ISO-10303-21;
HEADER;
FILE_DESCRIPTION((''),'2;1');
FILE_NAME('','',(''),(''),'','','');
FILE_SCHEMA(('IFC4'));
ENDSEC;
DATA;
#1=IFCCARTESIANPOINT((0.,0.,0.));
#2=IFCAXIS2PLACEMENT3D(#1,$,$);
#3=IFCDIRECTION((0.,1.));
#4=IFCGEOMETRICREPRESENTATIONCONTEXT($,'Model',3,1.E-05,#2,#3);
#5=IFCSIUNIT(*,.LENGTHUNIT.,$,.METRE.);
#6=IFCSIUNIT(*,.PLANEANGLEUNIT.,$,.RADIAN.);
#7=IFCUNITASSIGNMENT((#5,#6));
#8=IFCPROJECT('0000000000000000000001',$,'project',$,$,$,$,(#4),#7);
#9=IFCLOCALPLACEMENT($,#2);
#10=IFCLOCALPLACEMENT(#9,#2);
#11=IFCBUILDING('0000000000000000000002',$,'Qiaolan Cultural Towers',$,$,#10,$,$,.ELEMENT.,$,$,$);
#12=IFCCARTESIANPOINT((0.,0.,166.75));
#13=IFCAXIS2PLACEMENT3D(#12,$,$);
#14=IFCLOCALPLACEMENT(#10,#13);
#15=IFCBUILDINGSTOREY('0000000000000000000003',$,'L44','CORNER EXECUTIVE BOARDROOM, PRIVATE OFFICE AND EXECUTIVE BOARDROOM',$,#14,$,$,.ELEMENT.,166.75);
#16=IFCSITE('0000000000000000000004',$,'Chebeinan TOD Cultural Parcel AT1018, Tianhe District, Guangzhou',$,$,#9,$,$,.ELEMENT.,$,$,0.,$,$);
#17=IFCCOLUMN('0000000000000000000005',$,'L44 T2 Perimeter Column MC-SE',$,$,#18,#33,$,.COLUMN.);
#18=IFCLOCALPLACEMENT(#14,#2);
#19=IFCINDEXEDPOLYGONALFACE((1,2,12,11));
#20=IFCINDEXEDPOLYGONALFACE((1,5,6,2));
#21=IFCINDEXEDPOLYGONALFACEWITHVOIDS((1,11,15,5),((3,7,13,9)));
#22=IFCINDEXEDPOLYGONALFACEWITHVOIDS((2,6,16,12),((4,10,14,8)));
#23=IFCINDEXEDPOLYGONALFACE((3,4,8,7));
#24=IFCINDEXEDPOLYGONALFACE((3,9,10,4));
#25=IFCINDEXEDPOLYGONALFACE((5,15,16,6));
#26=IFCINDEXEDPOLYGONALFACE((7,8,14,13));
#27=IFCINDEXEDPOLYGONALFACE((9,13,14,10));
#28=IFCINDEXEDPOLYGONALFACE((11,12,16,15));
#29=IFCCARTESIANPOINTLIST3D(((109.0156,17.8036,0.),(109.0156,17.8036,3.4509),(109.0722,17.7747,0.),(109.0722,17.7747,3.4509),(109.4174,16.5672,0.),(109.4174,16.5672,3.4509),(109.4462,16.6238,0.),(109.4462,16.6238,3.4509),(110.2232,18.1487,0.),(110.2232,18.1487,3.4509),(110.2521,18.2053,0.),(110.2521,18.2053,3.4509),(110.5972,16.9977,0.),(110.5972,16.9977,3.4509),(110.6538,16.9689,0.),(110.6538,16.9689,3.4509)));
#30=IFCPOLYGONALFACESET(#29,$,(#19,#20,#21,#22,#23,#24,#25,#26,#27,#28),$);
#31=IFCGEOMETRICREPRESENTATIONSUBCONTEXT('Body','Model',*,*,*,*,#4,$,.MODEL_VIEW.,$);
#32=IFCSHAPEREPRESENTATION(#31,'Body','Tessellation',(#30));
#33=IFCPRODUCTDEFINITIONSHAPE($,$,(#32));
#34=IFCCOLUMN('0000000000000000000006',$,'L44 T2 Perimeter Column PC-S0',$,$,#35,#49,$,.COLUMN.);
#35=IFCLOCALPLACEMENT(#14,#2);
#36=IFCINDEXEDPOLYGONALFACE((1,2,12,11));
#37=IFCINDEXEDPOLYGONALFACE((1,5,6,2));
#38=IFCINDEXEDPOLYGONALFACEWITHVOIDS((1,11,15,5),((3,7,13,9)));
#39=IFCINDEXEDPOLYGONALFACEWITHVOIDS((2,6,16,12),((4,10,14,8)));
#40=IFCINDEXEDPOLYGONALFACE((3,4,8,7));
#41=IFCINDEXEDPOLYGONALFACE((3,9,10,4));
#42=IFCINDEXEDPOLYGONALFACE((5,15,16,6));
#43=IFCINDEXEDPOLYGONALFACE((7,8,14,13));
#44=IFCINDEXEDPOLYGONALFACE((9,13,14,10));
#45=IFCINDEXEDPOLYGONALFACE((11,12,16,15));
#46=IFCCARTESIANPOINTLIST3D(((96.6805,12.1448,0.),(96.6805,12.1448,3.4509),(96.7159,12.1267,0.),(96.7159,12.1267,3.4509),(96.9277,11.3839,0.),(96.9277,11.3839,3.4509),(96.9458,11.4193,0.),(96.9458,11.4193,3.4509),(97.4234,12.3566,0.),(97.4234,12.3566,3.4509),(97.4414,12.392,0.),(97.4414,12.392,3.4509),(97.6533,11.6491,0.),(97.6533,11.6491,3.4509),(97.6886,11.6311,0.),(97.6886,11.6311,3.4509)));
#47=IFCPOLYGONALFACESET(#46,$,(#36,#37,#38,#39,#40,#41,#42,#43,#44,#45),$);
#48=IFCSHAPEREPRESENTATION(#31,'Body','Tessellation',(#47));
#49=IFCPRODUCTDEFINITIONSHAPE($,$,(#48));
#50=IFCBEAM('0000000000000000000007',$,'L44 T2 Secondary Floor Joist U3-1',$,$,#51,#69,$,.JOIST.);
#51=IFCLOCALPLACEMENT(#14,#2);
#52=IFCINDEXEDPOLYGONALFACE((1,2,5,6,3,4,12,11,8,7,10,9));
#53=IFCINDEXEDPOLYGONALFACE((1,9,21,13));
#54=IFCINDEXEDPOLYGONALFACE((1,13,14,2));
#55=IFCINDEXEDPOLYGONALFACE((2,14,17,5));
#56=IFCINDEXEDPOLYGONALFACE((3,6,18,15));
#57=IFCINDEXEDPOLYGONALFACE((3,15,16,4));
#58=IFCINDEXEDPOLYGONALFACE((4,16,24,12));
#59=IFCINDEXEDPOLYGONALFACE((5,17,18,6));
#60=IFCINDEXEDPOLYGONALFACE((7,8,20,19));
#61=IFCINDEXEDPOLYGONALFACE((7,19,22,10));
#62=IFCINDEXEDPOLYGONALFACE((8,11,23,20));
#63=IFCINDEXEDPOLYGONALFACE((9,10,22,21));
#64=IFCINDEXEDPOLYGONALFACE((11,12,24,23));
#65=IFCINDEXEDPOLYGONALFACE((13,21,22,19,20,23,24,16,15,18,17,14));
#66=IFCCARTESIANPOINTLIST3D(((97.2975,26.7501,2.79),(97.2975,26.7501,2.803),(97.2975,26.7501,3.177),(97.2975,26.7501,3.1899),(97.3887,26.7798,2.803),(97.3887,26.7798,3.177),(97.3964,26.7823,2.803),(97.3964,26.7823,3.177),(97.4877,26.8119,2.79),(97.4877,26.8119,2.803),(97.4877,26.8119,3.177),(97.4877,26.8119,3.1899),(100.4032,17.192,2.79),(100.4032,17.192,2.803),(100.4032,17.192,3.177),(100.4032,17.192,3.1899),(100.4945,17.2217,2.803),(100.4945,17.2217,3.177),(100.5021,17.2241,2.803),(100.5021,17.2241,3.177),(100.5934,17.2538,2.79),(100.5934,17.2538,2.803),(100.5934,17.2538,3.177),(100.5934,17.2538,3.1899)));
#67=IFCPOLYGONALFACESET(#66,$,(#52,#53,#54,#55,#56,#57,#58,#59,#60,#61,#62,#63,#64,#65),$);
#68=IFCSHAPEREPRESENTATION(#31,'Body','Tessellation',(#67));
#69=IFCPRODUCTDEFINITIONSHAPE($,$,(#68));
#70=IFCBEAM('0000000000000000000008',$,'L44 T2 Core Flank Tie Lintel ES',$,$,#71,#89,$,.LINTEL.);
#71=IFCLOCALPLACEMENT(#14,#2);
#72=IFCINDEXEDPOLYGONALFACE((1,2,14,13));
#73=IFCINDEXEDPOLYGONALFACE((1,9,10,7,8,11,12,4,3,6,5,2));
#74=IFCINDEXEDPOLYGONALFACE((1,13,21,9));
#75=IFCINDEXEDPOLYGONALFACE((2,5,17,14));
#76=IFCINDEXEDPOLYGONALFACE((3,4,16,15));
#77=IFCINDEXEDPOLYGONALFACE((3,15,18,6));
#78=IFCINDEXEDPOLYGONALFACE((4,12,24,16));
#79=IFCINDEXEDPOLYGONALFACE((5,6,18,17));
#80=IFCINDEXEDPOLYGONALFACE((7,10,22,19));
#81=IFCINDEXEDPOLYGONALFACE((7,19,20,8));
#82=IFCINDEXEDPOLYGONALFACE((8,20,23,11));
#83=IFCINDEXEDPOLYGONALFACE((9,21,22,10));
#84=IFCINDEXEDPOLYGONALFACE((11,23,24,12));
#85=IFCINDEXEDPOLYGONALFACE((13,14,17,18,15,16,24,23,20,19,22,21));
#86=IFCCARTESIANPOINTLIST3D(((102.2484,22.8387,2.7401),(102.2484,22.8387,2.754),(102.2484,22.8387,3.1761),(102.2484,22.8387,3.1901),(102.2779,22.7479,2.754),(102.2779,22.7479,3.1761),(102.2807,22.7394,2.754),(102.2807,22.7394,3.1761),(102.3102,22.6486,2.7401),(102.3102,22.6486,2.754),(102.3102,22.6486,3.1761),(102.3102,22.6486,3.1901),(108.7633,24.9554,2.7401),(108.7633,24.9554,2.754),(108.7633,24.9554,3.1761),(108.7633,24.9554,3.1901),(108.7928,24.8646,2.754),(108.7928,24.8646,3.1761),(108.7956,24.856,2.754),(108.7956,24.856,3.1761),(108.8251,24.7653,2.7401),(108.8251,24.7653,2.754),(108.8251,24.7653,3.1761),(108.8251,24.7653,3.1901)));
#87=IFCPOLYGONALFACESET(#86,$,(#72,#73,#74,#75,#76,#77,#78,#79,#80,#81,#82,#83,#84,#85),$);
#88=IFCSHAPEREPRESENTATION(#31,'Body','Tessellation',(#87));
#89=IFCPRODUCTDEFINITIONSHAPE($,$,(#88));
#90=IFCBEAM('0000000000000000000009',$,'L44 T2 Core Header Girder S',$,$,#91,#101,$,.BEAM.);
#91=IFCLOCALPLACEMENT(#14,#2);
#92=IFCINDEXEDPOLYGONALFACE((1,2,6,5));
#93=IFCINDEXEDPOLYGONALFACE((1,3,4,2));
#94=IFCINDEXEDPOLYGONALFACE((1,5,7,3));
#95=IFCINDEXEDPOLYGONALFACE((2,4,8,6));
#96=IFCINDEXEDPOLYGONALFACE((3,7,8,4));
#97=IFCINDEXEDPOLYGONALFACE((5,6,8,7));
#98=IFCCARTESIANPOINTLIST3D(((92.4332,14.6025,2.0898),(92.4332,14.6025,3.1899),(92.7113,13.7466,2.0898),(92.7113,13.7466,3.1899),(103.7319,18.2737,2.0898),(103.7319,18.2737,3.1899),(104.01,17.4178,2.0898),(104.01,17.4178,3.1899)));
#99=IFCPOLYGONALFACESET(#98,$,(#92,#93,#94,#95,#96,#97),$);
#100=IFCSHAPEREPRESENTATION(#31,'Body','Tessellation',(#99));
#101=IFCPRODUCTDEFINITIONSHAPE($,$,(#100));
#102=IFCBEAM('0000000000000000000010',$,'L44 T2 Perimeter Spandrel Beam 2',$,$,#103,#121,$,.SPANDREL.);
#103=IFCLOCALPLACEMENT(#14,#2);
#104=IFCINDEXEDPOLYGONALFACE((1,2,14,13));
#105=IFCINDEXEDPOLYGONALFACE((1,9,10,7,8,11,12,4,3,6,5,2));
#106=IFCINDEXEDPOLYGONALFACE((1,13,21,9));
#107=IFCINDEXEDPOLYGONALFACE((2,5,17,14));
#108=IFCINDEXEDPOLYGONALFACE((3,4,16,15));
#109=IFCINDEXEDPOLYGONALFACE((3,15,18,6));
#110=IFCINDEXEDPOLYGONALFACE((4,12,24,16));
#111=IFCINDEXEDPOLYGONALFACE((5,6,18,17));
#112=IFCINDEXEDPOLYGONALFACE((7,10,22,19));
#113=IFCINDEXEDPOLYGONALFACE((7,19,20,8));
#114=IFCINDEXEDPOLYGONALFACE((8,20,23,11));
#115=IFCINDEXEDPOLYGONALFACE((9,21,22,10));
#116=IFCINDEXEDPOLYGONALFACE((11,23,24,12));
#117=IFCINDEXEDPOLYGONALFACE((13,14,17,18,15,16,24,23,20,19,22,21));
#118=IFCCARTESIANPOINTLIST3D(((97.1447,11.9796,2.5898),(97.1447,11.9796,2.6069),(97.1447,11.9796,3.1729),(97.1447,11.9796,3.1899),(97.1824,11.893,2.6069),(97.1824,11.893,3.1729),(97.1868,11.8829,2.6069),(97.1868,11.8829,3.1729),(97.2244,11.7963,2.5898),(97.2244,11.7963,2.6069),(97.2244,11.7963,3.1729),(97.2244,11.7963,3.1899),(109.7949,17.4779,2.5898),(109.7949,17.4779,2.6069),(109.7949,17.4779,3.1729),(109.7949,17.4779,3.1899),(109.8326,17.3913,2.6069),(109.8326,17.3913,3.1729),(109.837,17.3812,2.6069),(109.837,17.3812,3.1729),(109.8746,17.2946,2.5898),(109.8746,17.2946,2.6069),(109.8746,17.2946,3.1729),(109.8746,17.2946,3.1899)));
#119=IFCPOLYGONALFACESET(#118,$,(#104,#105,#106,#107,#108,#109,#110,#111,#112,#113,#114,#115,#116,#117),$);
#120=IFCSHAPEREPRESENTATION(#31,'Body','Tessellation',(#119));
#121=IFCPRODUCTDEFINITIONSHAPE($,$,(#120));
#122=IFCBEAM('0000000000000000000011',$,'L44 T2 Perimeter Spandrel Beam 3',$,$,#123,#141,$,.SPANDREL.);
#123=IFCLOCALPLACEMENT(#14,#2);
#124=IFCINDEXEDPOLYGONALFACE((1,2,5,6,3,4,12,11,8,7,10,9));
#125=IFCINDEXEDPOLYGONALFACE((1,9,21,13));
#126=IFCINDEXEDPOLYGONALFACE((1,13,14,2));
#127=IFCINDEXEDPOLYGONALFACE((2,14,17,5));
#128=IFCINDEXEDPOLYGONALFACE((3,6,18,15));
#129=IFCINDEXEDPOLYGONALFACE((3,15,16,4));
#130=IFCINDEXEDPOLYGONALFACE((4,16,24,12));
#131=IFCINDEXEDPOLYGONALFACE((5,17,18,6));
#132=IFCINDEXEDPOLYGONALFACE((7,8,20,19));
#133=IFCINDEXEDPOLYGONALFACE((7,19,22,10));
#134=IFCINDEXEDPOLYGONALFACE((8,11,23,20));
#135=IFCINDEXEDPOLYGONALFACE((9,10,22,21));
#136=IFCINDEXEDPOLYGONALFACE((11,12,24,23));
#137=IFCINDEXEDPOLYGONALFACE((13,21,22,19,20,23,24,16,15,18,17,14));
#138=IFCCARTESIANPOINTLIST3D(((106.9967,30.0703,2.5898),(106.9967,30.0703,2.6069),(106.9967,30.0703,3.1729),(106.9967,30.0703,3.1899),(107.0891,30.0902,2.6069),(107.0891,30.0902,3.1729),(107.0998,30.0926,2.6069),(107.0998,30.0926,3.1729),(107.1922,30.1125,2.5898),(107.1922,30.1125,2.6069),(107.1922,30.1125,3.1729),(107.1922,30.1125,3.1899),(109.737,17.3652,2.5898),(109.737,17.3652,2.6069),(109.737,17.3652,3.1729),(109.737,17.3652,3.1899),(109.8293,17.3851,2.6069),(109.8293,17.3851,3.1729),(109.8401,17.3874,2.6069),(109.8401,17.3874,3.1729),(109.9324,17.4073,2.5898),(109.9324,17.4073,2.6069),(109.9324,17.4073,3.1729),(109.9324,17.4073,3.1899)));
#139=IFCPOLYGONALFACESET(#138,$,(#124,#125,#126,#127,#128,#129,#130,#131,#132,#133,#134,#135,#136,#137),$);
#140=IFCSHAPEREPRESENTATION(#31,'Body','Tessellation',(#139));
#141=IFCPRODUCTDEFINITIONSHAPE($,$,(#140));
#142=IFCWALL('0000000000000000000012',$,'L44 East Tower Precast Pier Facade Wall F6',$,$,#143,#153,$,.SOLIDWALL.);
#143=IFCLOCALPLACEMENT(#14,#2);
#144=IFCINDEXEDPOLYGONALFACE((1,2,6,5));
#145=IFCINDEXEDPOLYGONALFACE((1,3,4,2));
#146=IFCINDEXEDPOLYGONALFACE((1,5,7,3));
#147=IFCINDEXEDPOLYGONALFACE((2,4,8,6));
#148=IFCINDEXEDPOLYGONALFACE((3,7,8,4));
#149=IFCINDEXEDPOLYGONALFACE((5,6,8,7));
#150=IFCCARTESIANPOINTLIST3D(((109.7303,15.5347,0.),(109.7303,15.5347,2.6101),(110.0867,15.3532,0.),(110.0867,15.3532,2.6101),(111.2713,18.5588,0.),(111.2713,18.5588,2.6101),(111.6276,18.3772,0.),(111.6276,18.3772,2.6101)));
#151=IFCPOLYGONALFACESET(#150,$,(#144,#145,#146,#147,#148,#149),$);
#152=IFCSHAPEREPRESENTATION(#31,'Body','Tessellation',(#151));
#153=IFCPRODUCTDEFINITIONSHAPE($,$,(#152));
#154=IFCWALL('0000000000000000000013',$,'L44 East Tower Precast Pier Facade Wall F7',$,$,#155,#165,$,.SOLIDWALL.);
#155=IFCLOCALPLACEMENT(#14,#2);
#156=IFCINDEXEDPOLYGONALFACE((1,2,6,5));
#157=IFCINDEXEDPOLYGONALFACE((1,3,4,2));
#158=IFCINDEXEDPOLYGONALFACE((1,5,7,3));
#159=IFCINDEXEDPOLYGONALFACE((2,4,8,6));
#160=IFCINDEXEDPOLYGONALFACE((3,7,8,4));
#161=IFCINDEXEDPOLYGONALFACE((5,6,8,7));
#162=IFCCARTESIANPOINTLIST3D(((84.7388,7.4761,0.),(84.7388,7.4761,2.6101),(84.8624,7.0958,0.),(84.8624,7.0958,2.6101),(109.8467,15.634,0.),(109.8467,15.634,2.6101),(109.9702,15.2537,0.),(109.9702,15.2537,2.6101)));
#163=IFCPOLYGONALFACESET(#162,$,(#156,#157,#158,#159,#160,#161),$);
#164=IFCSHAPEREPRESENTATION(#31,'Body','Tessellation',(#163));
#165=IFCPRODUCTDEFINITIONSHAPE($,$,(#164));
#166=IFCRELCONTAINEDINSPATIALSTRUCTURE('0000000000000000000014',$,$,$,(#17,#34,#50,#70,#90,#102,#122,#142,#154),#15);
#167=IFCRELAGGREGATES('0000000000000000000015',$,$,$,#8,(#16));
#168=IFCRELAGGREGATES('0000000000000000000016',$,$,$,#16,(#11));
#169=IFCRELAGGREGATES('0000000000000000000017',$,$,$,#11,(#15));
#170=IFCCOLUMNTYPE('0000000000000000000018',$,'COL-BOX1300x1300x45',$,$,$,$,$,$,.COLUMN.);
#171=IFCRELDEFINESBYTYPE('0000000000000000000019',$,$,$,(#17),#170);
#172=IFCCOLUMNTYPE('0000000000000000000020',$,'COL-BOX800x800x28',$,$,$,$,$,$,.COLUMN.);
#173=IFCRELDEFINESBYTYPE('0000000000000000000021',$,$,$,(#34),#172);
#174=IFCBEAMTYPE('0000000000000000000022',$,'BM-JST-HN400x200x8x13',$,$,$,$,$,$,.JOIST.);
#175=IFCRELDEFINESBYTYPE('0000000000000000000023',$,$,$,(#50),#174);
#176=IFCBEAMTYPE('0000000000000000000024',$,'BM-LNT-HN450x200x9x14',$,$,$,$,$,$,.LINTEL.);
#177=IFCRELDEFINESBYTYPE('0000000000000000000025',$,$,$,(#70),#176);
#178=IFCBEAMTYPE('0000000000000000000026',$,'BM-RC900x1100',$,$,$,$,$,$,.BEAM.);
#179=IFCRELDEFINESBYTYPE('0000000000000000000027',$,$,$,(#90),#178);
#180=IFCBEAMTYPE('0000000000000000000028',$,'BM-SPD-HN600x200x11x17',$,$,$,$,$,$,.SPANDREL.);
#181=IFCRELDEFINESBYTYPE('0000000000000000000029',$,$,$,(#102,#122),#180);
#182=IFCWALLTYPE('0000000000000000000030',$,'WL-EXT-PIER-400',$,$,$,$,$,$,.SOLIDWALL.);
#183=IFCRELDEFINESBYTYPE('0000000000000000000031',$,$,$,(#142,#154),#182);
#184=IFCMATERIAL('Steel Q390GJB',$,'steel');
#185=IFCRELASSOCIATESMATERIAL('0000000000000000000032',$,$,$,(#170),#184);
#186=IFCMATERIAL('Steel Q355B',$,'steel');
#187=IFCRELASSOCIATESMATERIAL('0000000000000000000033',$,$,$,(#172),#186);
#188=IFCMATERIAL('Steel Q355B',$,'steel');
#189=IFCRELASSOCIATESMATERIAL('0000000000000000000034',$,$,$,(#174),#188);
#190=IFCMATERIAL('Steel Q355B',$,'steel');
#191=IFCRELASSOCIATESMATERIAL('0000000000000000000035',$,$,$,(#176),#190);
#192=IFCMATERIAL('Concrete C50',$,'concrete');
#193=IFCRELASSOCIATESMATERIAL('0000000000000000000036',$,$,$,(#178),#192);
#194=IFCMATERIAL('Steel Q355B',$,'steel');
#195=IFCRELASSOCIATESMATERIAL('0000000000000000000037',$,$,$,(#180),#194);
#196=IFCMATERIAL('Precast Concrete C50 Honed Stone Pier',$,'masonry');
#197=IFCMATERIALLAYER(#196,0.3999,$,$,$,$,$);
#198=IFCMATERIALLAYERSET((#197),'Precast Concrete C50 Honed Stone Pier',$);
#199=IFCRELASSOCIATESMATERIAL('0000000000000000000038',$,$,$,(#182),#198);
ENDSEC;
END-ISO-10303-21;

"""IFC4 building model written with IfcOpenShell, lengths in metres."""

from ifc_helpers import new_model, si_unit, direction, frame, frame_2d, origin, origin_2d, place, context, subcontext, project, spatial, rectangle, hollow_rectangle, i_section, extrude, material, layer, layer_set, material_profile, profile_set, type_object, element, save


model = new_model("IFC4")

# Units and contexts
model_context = context("Model", 3, precision=1e-05, world=origin(), true_north=direction((0.0, 1.0)))
body_context = subcontext(model_context, "Body", "Model", "MODEL_VIEW")
ifc_project = project(units=[si_unit("LENGTHUNIT", "METRE"), si_unit("PLANEANGLEUNIT", "RADIAN")], contexts=[model_context])

# Site, building, storey
site_placement = place(None, origin())
site = spatial("IfcSite", under=ifc_project, at=site_placement, Name="Chebeinan TOD Cultural Parcel AT1018, Tianhe District, Guangzhou", CompositionType="ELEMENT", RefElevation=0.0)
building_placement = place(site_placement, origin())
building = spatial("IfcBuilding", under=site, at=building_placement, Name="Qiaolan Cultural Towers", CompositionType="ELEMENT")
storey_placement = place(building_placement, frame((0.0, 0.0, 166.75)))
storey = spatial("IfcBuildingStorey", under=building, at=storey_placement, Name="L44", Description="CORNER EXECUTIVE BOARDROOM, PRIVATE OFFICE AND EXECUTIVE BOARDROOM", CompositionType="ELEMENT", Elevation=166.75)

# Columns
ifc_material_1 = material(Name="Steel Q390GJB", Category="steel")
ifc_material_profile_1 = material_profile(ifc_material_1, hollow_rectangle(XDim=1.3, YDim=1.3, WallThickness=0.0449, at=origin_2d()), Name="BOX1300x1300x45")
ifc_profile_set_1 = profile_set([ifc_material_profile_1], Name="Steel Q390GJB")
column_type_1 = type_object("IfcColumnType", Name="COL-BOX1300x1300x45", PredefinedType="COLUMN", material=ifc_profile_set_1)
column_1_placement = place(storey_placement, frame((109.8347, 17.3862, 0.0), z_axis=(0.0, 0.0, 1.0), x_axis=(0.951057, 0.309017, 0.0)))
element("IfcColumn", 1, at=column_1_placement, inside=storey, type_object=column_type_1, Name="L44 T2 Perimeter Column MC-SE", PredefinedType="COLUMN", context=body_context, shape_type="SweptSolid", body=[
    extrude(hollow_rectangle(XDim=1.3, YDim=1.3, WallThickness=0.0449, at=origin_2d()), origin(), (0.0, 0.0, 1.0), 3.4509),
])
ifc_material_2 = material(Name="Steel Q355B", Category="steel")
ifc_material_profile_2 = material_profile(ifc_material_2, hollow_rectangle(XDim=0.8, YDim=0.8, WallThickness=0.0281, at=origin_2d()), Name="BOX800x800x28")
ifc_profile_set_2 = profile_set([ifc_material_profile_2], Name="Steel Q355B")
column_type_2 = type_object("IfcColumnType", Name="COL-BOX800x800x28", PredefinedType="COLUMN", material=ifc_profile_set_2)
column_2_placement = place(storey_placement, frame((97.1846, 11.8879, 0.0), z_axis=(0.0, 0.0, 1.0), x_axis=(0.951057, 0.309017, 0.0)))
element("IfcColumn", 2, at=column_2_placement, inside=storey, type_object=column_type_2, Name="L44 T2 Perimeter Column PC-S0", PredefinedType="COLUMN", context=body_context, shape_type="SweptSolid", body=[
    extrude(hollow_rectangle(XDim=0.8, YDim=0.8, WallThickness=0.0281, at=origin_2d()), origin(), (0.0, 0.0, 1.0), 3.4509),
])

# Beams
ifc_material_3 = material(Name="Steel Q355B", Category="steel")
ifc_material_profile_3 = material_profile(ifc_material_3, i_section(OverallWidth=0.2, OverallDepth=0.3999, WebThickness=0.0081, FlangeThickness=0.0129, at=origin_2d()), Name="HN400x200x8x13")
ifc_profile_set_3 = profile_set([ifc_material_profile_3], Name="Steel Q355B")
beam_type_1 = type_object("IfcBeamType", Name="BM-JST-HN400x200x8x13", PredefinedType="JOIST", material=ifc_profile_set_3)
beam_1_placement = place(storey_placement, frame((100.4983, 17.2229, 2.99), z_axis=(-0.309026, 0.951054, 0.0), x_axis=(-0.951054, -0.309026, 0.0)))
element("IfcBeam", 3, at=beam_1_placement, inside=storey, type_object=beam_type_1, Name="L44 T2 Secondary Floor Joist U3-1", PredefinedType="JOIST", context=body_context, shape_type="SweptSolid", body=[
    extrude(i_section(OverallWidth=0.2, OverallDepth=0.3999, WebThickness=0.0081, FlangeThickness=0.0129, at=origin_2d()), origin(), (0.0, 0.0, 1.0), 10.05),
])
ifc_material_4 = material(Name="Steel Q355B", Category="steel")
ifc_material_profile_4 = material_profile(ifc_material_4, i_section(OverallWidth=0.2, OverallDepth=0.45, WebThickness=0.009, FlangeThickness=0.0139, at=origin_2d()), Name="HN450x200x9x14")
ifc_profile_set_4 = profile_set([ifc_material_profile_4], Name="Steel Q355B")
beam_type_2 = type_object("IfcBeamType", Name="BM-LNT-HN450x200x9x14", PredefinedType="LINTEL", material=ifc_profile_set_4)
beam_2_placement = place(storey_placement, frame((102.2793, 22.7437, 2.9651), z_axis=(0.951062, 0.309001, 0.0), x_axis=(-0.309001, 0.951062, 0.0)))
element("IfcBeam", 4, at=beam_2_placement, inside=storey, type_object=beam_type_2, Name="L44 T2 Core Flank Tie Lintel ES", PredefinedType="LINTEL", context=body_context, shape_type="SweptSolid", body=[
    extrude(i_section(OverallWidth=0.2, OverallDepth=0.45, WebThickness=0.009, FlangeThickness=0.0139, at=origin_2d()), origin(), (0.0, 0.0, 1.0), 6.8501),
])
ifc_material_5 = material(Name="Concrete C50", Category="concrete")
ifc_material_profile_5 = material_profile(ifc_material_5, rectangle(XDim=0.8999, YDim=1.1001, at=origin_2d()), Name="RC900x1100")
ifc_profile_set_5 = profile_set([ifc_material_profile_5], Name="Concrete C50")
beam_type_3 = type_object("IfcBeamType", Name="BM-RC900x1100", PredefinedType="BEAM", material=ifc_profile_set_5)
beam_3_placement = place(storey_placement, frame((92.5723, 14.1746, 2.6399), z_axis=(0.951056, 0.309018, 0.0), x_axis=(-0.309018, 0.951056, 0.0)))
element("IfcBeam", 5, at=beam_3_placement, inside=storey, type_object=beam_type_3, Name="L44 T2 Core Header Girder S", PredefinedType="BEAM", context=body_context, shape_type="SweptSolid", body=[
    extrude(rectangle(XDim=0.8999, YDim=1.1001, at=origin_2d()), origin(), (0.0, 0.0, 1.0), 11.8801),
])
ifc_material_6 = material(Name="Steel Q355B", Category="steel")
ifc_material_profile_6 = material_profile(ifc_material_6, i_section(OverallWidth=0.2, OverallDepth=0.6001, WebThickness=0.011, FlangeThickness=0.0171, at=origin_2d()), Name="HN600x200x11x17")
ifc_profile_set_6 = profile_set([ifc_material_profile_6], Name="Steel Q355B")
beam_type_4 = type_object("IfcBeamType", Name="BM-SPD-HN600x200x11x17", PredefinedType="SPANDREL", material=ifc_profile_set_6)
beam_4_placement = place(storey_placement, frame((97.1846, 11.8879, 2.8899), z_axis=(0.917117, 0.398618, 0.0), x_axis=(-0.398618, 0.917117, 0.0)))
element("IfcBeam", 6, at=beam_4_placement, inside=storey, type_object=beam_type_4, Name="L44 T2 Perimeter Spandrel Beam 2", PredefinedType="SPANDREL", context=body_context, shape_type="SweptSolid", body=[
    extrude(i_section(OverallWidth=0.2, OverallDepth=0.6001, WebThickness=0.011, FlangeThickness=0.0171, at=origin_2d()), origin(), (0.0, 0.0, 1.0), 13.7935),
])
beam_5_placement = place(storey_placement, frame((109.8347, 17.3862, 2.8899), z_axis=(-0.210832, 0.977522, 0.0), x_axis=(-0.977522, -0.210832, 0.0)))
element("IfcBeam", 7, at=beam_5_placement, inside=storey, type_object=beam_type_4, Name="L44 T2 Perimeter Spandrel Beam 3", PredefinedType="SPANDREL", context=body_context, shape_type="SweptSolid", body=[
    extrude(i_section(OverallWidth=0.2, OverallDepth=0.6001, WebThickness=0.011, FlangeThickness=0.0171, at=origin_2d()), origin(), (0.0, 0.0, 1.0), 12.9973),
])

# Walls
ifc_material_7 = material(Name="Precast Concrete C50 Honed Stone Pier", Category="masonry")
ifc_layer_1 = layer(ifc_material_7, 0.3999)
ifc_layer_set_1 = layer_set([ifc_layer_1], Name="Precast Concrete C50 Honed Stone Pier")
wall_type_1 = type_object("IfcWallType", Name="WL-EXT-PIER-400", PredefinedType="SOLIDWALL", material=ifc_layer_set_1)
wall_1_placement = place(storey_placement, frame((111.4495, 18.468, 0.0), z_axis=(0.0, 0.0, 1.0), x_axis=(-0.45402, -0.890992, 0.0)))
element("IfcWall", 8, at=wall_1_placement, inside=storey, type_object=wall_type_1, Name="L44 East Tower Precast Pier Facade Wall F6", PredefinedType="SOLIDWALL", context=body_context, shape_type="SweptSolid", body=[
    extrude(rectangle(XDim=3.394, YDim=0.3999, at=frame_2d((1.697, 0.0))), origin(), (0.0, 0.0, 1.0), 2.6101),
])
wall_2_placement = place(storey_placement, frame((109.9084, 15.4438, 0.0), z_axis=(0.0, 0.0, 1.0), x_axis=(-0.951058, -0.309014, 0.0)))
element("IfcWall", 9, at=wall_2_placement, inside=storey, type_object=wall_type_1, Name="L44 East Tower Precast Pier Facade Wall F7", PredefinedType="SOLIDWALL", context=body_context, shape_type="SweptSolid", body=[
    extrude(rectangle(XDim=26.3999, YDim=0.3999, at=frame_2d((13.2, 0.0))), origin(), (0.0, 0.0, 1.0), 2.6101),
])

save(model, "model.ifc")
